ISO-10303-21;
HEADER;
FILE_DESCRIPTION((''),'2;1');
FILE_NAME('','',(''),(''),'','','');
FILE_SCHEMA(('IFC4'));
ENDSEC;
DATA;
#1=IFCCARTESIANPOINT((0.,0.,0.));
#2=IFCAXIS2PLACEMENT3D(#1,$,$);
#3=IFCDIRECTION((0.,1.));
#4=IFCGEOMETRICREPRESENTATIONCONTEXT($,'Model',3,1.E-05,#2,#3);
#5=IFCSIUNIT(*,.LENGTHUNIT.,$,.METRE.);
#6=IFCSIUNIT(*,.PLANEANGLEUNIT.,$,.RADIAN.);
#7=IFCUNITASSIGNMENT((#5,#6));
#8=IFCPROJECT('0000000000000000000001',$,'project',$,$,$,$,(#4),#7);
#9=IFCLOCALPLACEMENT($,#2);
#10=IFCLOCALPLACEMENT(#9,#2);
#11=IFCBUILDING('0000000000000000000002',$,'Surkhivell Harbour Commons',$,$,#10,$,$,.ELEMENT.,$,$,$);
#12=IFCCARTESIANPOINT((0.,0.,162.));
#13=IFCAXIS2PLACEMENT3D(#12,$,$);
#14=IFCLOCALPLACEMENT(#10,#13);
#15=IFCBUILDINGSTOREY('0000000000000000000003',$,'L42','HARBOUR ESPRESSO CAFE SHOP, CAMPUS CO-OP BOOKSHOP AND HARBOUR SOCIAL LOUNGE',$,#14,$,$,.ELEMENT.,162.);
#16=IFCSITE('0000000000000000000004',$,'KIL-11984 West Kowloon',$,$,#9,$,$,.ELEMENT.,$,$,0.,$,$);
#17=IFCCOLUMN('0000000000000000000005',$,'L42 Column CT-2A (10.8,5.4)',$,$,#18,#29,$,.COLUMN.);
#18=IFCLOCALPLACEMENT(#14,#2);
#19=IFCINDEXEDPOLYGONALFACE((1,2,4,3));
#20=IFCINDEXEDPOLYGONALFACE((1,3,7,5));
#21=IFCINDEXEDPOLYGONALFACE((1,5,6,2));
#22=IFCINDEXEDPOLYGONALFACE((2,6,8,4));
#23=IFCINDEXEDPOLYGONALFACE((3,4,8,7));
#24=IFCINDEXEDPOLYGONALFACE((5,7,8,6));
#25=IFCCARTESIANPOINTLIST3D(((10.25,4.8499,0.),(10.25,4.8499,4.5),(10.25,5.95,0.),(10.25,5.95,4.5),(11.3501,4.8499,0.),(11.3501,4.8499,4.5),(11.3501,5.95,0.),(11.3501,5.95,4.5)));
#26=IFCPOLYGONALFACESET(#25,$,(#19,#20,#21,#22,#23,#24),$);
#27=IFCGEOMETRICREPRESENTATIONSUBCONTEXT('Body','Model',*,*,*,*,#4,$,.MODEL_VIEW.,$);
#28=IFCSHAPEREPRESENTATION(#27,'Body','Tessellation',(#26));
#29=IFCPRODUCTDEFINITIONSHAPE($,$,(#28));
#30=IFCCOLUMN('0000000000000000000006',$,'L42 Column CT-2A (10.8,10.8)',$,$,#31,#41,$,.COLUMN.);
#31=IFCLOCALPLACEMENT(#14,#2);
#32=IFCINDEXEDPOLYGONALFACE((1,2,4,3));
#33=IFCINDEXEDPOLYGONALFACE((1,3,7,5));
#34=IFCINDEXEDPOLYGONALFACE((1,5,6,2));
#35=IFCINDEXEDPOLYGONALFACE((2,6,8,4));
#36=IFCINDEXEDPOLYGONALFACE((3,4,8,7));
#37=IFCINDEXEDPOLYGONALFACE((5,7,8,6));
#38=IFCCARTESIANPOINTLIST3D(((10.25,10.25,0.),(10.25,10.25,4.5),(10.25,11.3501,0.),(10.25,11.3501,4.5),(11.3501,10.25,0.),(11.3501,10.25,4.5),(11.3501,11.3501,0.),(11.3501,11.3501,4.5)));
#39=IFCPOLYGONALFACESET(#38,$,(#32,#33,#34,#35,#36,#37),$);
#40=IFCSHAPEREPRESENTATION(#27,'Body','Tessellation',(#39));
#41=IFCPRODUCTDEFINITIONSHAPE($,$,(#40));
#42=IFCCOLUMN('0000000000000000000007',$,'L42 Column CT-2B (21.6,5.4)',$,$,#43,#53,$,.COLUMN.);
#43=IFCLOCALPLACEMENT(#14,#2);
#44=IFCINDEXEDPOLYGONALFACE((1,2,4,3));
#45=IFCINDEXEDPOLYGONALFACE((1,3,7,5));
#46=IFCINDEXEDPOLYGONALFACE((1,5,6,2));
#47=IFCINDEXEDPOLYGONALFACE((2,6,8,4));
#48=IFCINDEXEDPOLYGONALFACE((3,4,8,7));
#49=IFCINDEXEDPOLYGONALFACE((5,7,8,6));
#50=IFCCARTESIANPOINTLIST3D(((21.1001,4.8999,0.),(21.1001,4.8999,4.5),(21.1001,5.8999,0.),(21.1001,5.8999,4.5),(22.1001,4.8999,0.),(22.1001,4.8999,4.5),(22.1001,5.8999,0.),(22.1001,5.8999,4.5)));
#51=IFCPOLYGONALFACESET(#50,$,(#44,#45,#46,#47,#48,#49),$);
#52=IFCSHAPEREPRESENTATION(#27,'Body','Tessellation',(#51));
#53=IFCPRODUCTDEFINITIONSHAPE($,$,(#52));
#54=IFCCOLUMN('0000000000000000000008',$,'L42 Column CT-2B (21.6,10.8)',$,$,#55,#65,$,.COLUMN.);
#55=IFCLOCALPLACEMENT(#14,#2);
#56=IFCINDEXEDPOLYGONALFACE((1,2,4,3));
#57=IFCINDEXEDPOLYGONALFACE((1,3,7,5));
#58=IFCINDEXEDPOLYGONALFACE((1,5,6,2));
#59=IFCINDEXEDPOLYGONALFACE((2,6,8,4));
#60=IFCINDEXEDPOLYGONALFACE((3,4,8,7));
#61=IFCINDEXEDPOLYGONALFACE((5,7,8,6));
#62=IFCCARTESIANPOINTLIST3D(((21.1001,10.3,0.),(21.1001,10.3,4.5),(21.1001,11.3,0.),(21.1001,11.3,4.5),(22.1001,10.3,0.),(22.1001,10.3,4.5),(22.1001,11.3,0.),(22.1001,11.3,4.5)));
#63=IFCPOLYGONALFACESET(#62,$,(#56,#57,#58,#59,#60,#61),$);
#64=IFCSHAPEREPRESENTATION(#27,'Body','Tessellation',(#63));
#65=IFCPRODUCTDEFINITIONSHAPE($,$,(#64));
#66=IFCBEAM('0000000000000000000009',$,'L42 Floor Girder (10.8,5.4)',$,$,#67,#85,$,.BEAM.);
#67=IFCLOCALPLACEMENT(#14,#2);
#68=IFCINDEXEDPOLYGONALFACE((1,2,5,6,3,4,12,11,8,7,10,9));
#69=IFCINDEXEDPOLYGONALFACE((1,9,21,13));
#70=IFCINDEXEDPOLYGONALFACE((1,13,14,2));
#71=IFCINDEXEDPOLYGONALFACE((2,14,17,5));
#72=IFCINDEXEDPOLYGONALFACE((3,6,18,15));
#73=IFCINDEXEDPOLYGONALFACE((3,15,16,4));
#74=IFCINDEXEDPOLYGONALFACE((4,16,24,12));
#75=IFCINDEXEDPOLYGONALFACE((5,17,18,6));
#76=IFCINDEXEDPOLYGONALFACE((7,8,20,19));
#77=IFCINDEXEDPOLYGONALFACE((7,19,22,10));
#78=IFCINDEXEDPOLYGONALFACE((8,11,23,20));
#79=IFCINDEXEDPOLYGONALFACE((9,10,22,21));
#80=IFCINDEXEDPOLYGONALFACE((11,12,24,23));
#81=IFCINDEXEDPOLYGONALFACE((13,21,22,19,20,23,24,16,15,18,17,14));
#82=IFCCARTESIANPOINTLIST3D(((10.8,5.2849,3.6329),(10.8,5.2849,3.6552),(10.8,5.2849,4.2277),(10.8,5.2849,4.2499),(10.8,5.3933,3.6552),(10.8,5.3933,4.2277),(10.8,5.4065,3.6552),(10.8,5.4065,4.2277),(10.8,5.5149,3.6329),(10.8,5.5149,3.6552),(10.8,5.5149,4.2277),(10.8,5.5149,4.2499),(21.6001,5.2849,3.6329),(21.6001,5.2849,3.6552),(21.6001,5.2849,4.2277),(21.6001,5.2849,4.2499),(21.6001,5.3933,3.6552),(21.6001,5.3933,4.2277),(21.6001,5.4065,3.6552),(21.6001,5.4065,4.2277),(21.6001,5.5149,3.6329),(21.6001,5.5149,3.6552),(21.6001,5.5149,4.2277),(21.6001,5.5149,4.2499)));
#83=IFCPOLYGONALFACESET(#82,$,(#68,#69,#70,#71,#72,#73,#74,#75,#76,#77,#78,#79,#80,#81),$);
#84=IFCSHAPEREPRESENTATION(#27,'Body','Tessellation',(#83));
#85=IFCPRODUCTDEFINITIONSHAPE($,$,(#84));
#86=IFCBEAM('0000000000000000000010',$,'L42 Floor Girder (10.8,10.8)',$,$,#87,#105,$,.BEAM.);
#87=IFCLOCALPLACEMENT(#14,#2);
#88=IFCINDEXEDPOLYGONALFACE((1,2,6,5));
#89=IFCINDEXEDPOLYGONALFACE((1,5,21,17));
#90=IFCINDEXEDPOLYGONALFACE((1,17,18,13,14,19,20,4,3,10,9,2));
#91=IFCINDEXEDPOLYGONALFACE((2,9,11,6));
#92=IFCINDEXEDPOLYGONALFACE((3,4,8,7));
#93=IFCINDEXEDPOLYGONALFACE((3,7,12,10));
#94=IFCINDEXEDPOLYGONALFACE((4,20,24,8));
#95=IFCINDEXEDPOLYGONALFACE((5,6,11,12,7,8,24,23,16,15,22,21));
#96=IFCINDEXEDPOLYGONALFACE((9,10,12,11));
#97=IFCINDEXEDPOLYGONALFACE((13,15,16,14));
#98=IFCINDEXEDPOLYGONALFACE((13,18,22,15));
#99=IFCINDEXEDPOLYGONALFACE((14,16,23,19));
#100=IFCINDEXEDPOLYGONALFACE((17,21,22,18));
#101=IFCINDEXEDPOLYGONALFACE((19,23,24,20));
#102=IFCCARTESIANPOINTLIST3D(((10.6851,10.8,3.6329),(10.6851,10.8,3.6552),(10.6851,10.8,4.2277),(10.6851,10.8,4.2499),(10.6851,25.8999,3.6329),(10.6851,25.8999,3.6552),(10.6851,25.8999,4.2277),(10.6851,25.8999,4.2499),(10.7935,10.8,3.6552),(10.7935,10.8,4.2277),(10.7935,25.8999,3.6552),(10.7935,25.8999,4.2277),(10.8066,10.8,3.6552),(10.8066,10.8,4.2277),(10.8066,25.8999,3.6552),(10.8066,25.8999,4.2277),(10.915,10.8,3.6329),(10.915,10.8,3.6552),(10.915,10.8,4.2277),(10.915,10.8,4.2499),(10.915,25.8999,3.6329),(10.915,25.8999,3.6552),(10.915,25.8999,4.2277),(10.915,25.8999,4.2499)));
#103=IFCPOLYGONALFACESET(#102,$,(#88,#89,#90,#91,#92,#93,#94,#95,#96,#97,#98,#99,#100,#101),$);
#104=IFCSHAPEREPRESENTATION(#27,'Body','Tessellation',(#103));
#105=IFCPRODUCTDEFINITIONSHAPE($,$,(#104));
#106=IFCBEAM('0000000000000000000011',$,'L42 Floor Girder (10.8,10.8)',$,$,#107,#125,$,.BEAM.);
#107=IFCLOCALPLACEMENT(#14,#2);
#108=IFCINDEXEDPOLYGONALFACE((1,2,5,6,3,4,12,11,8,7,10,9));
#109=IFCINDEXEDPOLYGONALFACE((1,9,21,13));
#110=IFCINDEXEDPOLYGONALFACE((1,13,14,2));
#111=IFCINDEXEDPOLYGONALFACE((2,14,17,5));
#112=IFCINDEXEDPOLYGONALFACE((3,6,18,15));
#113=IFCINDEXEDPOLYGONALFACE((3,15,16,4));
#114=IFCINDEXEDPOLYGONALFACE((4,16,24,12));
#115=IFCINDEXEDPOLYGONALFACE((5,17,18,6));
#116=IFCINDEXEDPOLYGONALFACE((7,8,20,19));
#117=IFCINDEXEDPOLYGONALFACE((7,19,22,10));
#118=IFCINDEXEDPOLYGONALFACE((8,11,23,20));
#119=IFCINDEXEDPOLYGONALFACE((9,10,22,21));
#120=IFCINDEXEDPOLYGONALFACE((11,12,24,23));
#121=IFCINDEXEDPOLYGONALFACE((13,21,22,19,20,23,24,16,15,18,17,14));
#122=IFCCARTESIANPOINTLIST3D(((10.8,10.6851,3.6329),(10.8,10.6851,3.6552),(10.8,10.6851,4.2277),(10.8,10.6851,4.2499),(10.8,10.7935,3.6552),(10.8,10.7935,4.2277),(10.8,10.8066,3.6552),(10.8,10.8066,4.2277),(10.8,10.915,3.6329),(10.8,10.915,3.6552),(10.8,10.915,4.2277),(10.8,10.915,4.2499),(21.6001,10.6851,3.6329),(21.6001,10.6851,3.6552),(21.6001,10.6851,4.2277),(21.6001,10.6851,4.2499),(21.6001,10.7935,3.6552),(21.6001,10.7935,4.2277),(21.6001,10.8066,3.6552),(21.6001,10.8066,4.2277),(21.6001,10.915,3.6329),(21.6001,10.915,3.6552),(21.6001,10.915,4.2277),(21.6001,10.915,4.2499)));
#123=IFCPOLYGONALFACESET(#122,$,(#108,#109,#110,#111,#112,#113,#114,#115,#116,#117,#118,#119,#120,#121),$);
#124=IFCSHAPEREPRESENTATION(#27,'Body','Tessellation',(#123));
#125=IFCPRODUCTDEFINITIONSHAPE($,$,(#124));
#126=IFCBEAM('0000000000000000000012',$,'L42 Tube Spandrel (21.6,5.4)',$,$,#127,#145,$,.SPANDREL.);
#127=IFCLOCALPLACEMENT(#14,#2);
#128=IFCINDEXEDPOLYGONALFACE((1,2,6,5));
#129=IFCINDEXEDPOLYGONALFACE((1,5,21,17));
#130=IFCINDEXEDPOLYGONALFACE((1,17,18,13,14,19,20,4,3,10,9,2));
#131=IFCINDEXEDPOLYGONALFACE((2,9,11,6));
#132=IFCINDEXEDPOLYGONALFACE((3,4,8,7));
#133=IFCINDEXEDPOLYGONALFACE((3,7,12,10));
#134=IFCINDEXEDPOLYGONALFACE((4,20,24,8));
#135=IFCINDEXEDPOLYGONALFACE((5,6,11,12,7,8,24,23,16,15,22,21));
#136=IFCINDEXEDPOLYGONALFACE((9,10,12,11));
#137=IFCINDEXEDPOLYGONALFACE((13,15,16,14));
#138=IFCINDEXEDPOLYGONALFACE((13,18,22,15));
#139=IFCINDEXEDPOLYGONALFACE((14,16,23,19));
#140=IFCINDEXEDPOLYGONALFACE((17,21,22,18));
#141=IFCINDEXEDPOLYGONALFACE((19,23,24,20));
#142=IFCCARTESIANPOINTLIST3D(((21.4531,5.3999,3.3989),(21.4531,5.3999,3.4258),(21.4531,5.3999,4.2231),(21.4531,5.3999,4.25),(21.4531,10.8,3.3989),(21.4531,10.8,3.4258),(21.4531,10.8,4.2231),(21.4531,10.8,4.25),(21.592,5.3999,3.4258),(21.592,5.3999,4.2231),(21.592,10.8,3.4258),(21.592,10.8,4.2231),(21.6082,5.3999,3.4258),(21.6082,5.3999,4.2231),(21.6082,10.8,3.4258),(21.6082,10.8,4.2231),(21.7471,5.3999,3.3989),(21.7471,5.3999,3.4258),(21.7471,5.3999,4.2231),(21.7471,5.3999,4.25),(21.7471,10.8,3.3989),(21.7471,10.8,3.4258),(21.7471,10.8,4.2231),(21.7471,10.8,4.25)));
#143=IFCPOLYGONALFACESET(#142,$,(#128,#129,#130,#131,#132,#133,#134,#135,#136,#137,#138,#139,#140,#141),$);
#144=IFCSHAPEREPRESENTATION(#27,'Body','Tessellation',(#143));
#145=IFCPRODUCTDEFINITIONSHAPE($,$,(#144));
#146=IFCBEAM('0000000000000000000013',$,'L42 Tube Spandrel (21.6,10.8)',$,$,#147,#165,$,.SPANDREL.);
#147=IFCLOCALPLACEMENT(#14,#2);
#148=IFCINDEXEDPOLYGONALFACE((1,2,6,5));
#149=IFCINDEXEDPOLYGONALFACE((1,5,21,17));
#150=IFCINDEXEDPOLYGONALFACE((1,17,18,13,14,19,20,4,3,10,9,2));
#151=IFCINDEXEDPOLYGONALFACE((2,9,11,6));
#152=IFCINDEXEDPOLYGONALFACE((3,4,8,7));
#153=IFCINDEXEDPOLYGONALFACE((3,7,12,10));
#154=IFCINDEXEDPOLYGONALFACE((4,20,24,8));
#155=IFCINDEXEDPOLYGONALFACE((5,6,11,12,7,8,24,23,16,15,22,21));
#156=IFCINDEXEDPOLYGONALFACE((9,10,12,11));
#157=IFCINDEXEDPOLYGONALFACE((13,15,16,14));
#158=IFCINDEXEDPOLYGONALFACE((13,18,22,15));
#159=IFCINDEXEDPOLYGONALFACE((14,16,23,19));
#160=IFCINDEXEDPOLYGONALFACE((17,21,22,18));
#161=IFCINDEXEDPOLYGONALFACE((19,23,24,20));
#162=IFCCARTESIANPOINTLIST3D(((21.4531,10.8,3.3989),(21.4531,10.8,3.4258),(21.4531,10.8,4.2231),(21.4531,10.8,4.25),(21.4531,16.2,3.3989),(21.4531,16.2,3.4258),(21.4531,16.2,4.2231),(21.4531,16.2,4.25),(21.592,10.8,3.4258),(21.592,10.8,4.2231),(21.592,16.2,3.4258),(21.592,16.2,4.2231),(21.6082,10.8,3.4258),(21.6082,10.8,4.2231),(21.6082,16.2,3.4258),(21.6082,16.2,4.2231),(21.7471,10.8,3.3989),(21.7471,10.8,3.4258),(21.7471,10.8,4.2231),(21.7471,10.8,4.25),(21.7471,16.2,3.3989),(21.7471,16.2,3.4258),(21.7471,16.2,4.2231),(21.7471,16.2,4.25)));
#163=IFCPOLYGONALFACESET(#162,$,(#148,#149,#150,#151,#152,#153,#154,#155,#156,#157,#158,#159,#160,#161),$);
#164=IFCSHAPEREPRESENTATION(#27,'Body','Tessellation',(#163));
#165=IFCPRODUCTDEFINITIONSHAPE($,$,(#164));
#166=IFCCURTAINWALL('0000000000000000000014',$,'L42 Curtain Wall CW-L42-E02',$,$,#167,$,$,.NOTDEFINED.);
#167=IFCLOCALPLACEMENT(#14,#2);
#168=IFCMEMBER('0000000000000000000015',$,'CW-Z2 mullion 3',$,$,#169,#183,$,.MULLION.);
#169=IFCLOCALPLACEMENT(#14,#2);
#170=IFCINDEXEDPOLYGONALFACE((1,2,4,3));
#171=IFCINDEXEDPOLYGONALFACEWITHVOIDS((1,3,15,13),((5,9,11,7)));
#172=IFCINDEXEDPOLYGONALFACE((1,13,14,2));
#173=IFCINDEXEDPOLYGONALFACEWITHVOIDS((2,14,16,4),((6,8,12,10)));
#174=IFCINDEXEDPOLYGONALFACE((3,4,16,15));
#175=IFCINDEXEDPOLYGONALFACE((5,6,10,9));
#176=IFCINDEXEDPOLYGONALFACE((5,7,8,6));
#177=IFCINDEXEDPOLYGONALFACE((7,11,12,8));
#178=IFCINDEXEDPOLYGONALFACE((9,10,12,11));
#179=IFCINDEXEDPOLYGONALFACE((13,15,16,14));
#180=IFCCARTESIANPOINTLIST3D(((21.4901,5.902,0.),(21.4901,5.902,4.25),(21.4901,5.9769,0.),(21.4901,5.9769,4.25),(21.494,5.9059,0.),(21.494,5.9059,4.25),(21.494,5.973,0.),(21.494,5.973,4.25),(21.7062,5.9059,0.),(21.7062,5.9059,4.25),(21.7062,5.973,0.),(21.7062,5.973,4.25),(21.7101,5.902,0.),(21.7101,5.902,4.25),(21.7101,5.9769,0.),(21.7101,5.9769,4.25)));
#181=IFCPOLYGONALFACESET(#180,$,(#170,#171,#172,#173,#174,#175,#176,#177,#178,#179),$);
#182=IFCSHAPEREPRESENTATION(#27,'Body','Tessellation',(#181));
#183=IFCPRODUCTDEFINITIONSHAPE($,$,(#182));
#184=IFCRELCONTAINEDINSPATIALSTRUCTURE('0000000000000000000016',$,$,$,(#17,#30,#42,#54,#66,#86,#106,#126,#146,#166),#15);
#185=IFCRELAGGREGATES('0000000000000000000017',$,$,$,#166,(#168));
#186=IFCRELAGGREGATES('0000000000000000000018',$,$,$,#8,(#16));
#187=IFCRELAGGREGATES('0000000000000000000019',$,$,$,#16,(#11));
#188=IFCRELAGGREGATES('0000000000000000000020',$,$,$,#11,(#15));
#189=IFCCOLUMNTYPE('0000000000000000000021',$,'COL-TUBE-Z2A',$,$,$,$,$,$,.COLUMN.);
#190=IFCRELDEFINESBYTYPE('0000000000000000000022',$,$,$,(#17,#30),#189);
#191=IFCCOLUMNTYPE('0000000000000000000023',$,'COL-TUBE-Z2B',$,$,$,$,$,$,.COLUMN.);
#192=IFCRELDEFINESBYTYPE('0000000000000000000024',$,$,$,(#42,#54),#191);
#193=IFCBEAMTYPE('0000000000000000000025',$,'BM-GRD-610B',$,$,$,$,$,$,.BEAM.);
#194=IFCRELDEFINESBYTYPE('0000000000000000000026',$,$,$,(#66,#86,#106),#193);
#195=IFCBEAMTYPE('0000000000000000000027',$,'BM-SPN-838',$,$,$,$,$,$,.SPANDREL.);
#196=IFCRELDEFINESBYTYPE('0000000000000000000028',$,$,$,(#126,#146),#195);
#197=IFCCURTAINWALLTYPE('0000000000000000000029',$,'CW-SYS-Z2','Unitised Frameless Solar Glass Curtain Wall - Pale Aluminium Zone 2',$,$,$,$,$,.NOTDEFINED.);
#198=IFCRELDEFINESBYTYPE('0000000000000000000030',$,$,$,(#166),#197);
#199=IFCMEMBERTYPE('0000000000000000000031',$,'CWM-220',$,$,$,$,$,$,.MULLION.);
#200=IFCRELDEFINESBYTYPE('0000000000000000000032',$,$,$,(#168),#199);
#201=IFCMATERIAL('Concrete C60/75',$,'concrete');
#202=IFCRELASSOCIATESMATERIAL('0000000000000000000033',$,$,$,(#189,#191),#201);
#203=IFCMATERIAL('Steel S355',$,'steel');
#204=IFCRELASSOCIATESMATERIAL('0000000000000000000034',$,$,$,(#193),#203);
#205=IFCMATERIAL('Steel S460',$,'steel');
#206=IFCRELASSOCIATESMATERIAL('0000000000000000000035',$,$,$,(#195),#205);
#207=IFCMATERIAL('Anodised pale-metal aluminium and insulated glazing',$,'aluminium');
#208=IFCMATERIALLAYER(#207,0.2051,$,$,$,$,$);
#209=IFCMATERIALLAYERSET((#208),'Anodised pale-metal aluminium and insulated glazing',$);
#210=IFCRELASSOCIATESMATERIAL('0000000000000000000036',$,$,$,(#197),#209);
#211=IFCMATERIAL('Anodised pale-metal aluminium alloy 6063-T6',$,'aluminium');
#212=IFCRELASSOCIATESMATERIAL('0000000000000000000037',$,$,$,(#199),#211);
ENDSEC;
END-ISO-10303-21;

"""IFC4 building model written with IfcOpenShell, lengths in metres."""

from ifc_helpers import new_model, si_unit, direction, frame, origin, origin_2d, place, context, subcontext, project, spatial, rectangle, hollow_rectangle, i_section, extrude, material, layer, layer_set, material_profile, profile_set, type_object, element, aggregate, save


model = new_model("IFC4")

# Units and contexts
model_context = context("Model", 3, precision=1e-05, world=origin(), true_north=direction((0.0, 1.0)))
body_context = subcontext(model_context, "Body", "Model", "MODEL_VIEW")
ifc_project = project(units=[si_unit("LENGTHUNIT", "METRE"), si_unit("PLANEANGLEUNIT", "RADIAN")], contexts=[model_context])

# Site, building, storey
site_placement = place(None, origin())
site = spatial("IfcSite", under=ifc_project, at=site_placement, Name="KIL-11984 West Kowloon", CompositionType="ELEMENT", RefElevation=0.0)
building_placement = place(site_placement, origin())
building = spatial("IfcBuilding", under=site, at=building_placement, Name="Surkhivell Harbour Commons", CompositionType="ELEMENT")
storey_placement = place(building_placement, frame((0.0, 0.0, 162.0)))
storey = spatial("IfcBuildingStorey", under=building, at=storey_placement, Name="L42", Description="HARBOUR ESPRESSO CAFE SHOP, CAMPUS CO-OP BOOKSHOP AND HARBOUR SOCIAL LOUNGE", CompositionType="ELEMENT", Elevation=162.0)

# Columns
ifc_material_1 = material(Name="Concrete C60/75", Category="concrete")
ifc_material_profile_1 = material_profile(ifc_material_1, rectangle(XDim=1.1001, YDim=1.1001, at=origin_2d()), Name="RC-COL-1100x1100")
ifc_profile_set_1 = profile_set([ifc_material_profile_1], Name="Concrete C60/75")
column_type_1 = type_object("IfcColumnType", Name="COL-TUBE-Z2A", PredefinedType="COLUMN", material=ifc_profile_set_1)
for number, where, z_axis, x_axis, name in (
    (1, (10.8, 5.3999, 0.0), (0.0, 0.0, 1.0), (1.0, 0.0, 0.0), "L42 Column CT-2A (10.8,5.4)"),
    (2, (10.8, 10.8, 0.0), (0.0, 0.0, 1.0), (1.0, 0.0, 0.0), "L42 Column CT-2A (10.8,10.8)"),
):
    element("IfcColumn", number, at=place(storey_placement, frame(where, z_axis=z_axis, x_axis=x_axis)), inside=storey, type_object=column_type_1, Name=name, PredefinedType="COLUMN", context=body_context, shape_type="SweptSolid", body=[
        extrude(rectangle(XDim=1.1001, YDim=1.1001, at=origin_2d()), origin(), (0.0, 0.0, 1.0), 4.5),
    ])
ifc_material_profile_2 = material_profile(ifc_material_1, rectangle(XDim=1.0, YDim=1.0, at=origin_2d()), Name="RC-COL-1000x1000")
ifc_profile_set_2 = profile_set([ifc_material_profile_2], Name="Concrete C60/75")
column_type_2 = type_object("IfcColumnType", Name="COL-TUBE-Z2B", PredefinedType="COLUMN", material=ifc_profile_set_2)
for number, where, z_axis, x_axis, name in (
    (3, (21.6001, 5.3999, 0.0), (0.0, 0.0, 1.0), (1.0, 0.0, 0.0), "L42 Column CT-2B (21.6,5.4)"),
    (4, (21.6001, 10.8, 0.0), (0.0, 0.0, 1.0), (1.0, 0.0, 0.0), "L42 Column CT-2B (21.6,10.8)"),
):
    element("IfcColumn", number, at=place(storey_placement, frame(where, z_axis=z_axis, x_axis=x_axis)), inside=storey, type_object=column_type_2, Name=name, PredefinedType="COLUMN", context=body_context, shape_type="SweptSolid", body=[
        extrude(rectangle(XDim=1.0, YDim=1.0, at=origin_2d()), origin(), (0.0, 0.0, 1.0), 4.5),
    ])

# Beams
ifc_material_2 = material(Name="Steel S355", Category="steel")
ifc_material_profile_3 = material_profile(ifc_material_2, i_section(OverallWidth=0.23, OverallDepth=0.6169, WebThickness=0.0132, FlangeThickness=0.0222, at=origin_2d()), Name="UB610x229x140")
ifc_profile_set_3 = profile_set([ifc_material_profile_3], Name="Steel S355")
beam_type_1 = type_object("IfcBeamType", Name="BM-GRD-610B", PredefinedType="BEAM", material=ifc_profile_set_3)
beam_1_placement = place(storey_placement, frame((10.8, 5.3999, 3.9414), z_axis=(1.0, 0.0, 0.0), x_axis=(0.0, 1.0, 0.0)))
element("IfcBeam", 5, at=beam_1_placement, inside=storey, type_object=beam_type_1, Name="L42 Floor Girder (10.8,5.4)", PredefinedType="BEAM", context=body_context, shape_type="SweptSolid", body=[
    extrude(i_section(OverallWidth=0.23, OverallDepth=0.6169, WebThickness=0.0132, FlangeThickness=0.0222, at=origin_2d()), origin(), (0.0, 0.0, 1.0), 10.8),
])
beam_2_placement = place(storey_placement, frame((10.8, 10.8, 3.9414), z_axis=(0.0, 1.0, 0.0), x_axis=(-1.0, 0.0, 0.0)))
element("IfcBeam", 6, at=beam_2_placement, inside=storey, type_object=beam_type_1, Name="L42 Floor Girder (10.8,10.8)", PredefinedType="BEAM", context=body_context, shape_type="SweptSolid", body=[
    extrude(i_section(OverallWidth=0.23, OverallDepth=0.6169, WebThickness=0.0132, FlangeThickness=0.0222, at=origin_2d()), origin(), (0.0, 0.0, 1.0), 15.0999),
])
beam_3_placement = place(storey_placement, frame((10.8, 10.8, 3.9414), z_axis=(1.0, 0.0, 0.0), x_axis=(0.0, 1.0, 0.0)))
element("IfcBeam", 7, at=beam_3_placement, inside=storey, type_object=beam_type_1, Name="L42 Floor Girder (10.8,10.8)", PredefinedType="BEAM", context=body_context, shape_type="SweptSolid", body=[
    extrude(i_section(OverallWidth=0.23, OverallDepth=0.6169, WebThickness=0.0132, FlangeThickness=0.0222, at=origin_2d()), origin(), (0.0, 0.0, 1.0), 10.8),
])
ifc_material_3 = material(Name="Steel S460", Category="steel")
ifc_material_profile_4 = material_profile(ifc_material_3, i_section(OverallWidth=0.2939, OverallDepth=0.8511, WebThickness=0.0161, FlangeThickness=0.0269, at=origin_2d()), Name="UB838x292x226")
ifc_profile_set_4 = profile_set([ifc_material_profile_4], Name="Steel S460")
beam_type_2 = type_object("IfcBeamType", Name="BM-SPN-838", PredefinedType="SPANDREL", material=ifc_profile_set_4)
beam_4_placement = place(storey_placement, frame((21.6001, 5.3999, 3.8245), z_axis=(0.0, 1.0, 0.0), x_axis=(-1.0, 0.0, 0.0)))
element("IfcBeam", 8, at=beam_4_placement, inside=storey, type_object=beam_type_2, Name="L42 Tube Spandrel (21.6,5.4)", PredefinedType="SPANDREL", context=body_context, shape_type="SweptSolid", body=[
    extrude(i_section(OverallWidth=0.2939, OverallDepth=0.8511, WebThickness=0.0161, FlangeThickness=0.0269, at=origin_2d()), origin(), (0.0, 0.0, 1.0), 5.4001),
])
beam_5_placement = place(storey_placement, frame((21.6001, 10.8, 3.8245), z_axis=(0.0, 1.0, 0.0), x_axis=(-1.0, 0.0, 0.0)))
element("IfcBeam", 9, at=beam_5_placement, inside=storey, type_object=beam_type_2, Name="L42 Tube Spandrel (21.6,10.8)", PredefinedType="SPANDREL", context=body_context, shape_type="SweptSolid", body=[
    extrude(i_section(OverallWidth=0.2939, OverallDepth=0.8511, WebThickness=0.0161, FlangeThickness=0.0269, at=origin_2d()), origin(), (0.0, 0.0, 1.0), 5.3999),
])

# Curtain wall, member
ifc_material_4 = material(Name="Anodised pale-metal aluminium and insulated glazing", Category="aluminium")
ifc_layer_1 = layer(ifc_material_4, 0.2051)
ifc_layer_set_1 = layer_set([ifc_layer_1], Name="Anodised pale-metal aluminium and insulated glazing")
curtain_wall_type = type_object("IfcCurtainWallType", Name="CW-SYS-Z2", Description="Unitised Frameless Solar Glass Curtain Wall - Pale Aluminium Zone 2", PredefinedType="NOTDEFINED", material=ifc_layer_set_1)
curtain_wall_placement = place(storey_placement, origin())
curtain_wall = element("IfcCurtainWall", 10, at=curtain_wall_placement, inside=storey, type_object=curtain_wall_type, Name="L42 Curtain Wall CW-L42-E02", PredefinedType="NOTDEFINED")
ifc_material_5 = material(Name="Anodised pale-metal aluminium alloy 6063-T6", Category="aluminium")
ifc_material_profile_5 = material_profile(ifc_material_5, hollow_rectangle(XDim=0.075, YDim=0.22, WallThickness=0.0039, at=origin_2d()), Name="ALU-MULL-75x220")
ifc_profile_set_5 = profile_set([ifc_material_profile_5], Name="Anodised pale-metal aluminium alloy 6063-T6")
member_type_1 = type_object("IfcMemberType", Name="CWM-220", PredefinedType="MULLION", material=ifc_profile_set_5)
member_1_placement = place(storey_placement, frame((21.6001, 5.9395, 0.0), z_axis=(0.0, 0.0, 1.0), x_axis=(0.0, 1.0, 0.0)))
member_1 = element("IfcMember", 11, at=member_1_placement, type_object=member_type_1, Name="CW-Z2 mullion 3", PredefinedType="MULLION", context=body_context, shape_type="SweptSolid", body=[
    extrude(hollow_rectangle(XDim=0.075, YDim=0.22, WallThickness=0.0039, at=origin_2d()), origin(), (0.0, 0.0, 1.0), 4.25),
])
aggregate(curtain_wall, [member_1])

save(model, "model.ifc")
